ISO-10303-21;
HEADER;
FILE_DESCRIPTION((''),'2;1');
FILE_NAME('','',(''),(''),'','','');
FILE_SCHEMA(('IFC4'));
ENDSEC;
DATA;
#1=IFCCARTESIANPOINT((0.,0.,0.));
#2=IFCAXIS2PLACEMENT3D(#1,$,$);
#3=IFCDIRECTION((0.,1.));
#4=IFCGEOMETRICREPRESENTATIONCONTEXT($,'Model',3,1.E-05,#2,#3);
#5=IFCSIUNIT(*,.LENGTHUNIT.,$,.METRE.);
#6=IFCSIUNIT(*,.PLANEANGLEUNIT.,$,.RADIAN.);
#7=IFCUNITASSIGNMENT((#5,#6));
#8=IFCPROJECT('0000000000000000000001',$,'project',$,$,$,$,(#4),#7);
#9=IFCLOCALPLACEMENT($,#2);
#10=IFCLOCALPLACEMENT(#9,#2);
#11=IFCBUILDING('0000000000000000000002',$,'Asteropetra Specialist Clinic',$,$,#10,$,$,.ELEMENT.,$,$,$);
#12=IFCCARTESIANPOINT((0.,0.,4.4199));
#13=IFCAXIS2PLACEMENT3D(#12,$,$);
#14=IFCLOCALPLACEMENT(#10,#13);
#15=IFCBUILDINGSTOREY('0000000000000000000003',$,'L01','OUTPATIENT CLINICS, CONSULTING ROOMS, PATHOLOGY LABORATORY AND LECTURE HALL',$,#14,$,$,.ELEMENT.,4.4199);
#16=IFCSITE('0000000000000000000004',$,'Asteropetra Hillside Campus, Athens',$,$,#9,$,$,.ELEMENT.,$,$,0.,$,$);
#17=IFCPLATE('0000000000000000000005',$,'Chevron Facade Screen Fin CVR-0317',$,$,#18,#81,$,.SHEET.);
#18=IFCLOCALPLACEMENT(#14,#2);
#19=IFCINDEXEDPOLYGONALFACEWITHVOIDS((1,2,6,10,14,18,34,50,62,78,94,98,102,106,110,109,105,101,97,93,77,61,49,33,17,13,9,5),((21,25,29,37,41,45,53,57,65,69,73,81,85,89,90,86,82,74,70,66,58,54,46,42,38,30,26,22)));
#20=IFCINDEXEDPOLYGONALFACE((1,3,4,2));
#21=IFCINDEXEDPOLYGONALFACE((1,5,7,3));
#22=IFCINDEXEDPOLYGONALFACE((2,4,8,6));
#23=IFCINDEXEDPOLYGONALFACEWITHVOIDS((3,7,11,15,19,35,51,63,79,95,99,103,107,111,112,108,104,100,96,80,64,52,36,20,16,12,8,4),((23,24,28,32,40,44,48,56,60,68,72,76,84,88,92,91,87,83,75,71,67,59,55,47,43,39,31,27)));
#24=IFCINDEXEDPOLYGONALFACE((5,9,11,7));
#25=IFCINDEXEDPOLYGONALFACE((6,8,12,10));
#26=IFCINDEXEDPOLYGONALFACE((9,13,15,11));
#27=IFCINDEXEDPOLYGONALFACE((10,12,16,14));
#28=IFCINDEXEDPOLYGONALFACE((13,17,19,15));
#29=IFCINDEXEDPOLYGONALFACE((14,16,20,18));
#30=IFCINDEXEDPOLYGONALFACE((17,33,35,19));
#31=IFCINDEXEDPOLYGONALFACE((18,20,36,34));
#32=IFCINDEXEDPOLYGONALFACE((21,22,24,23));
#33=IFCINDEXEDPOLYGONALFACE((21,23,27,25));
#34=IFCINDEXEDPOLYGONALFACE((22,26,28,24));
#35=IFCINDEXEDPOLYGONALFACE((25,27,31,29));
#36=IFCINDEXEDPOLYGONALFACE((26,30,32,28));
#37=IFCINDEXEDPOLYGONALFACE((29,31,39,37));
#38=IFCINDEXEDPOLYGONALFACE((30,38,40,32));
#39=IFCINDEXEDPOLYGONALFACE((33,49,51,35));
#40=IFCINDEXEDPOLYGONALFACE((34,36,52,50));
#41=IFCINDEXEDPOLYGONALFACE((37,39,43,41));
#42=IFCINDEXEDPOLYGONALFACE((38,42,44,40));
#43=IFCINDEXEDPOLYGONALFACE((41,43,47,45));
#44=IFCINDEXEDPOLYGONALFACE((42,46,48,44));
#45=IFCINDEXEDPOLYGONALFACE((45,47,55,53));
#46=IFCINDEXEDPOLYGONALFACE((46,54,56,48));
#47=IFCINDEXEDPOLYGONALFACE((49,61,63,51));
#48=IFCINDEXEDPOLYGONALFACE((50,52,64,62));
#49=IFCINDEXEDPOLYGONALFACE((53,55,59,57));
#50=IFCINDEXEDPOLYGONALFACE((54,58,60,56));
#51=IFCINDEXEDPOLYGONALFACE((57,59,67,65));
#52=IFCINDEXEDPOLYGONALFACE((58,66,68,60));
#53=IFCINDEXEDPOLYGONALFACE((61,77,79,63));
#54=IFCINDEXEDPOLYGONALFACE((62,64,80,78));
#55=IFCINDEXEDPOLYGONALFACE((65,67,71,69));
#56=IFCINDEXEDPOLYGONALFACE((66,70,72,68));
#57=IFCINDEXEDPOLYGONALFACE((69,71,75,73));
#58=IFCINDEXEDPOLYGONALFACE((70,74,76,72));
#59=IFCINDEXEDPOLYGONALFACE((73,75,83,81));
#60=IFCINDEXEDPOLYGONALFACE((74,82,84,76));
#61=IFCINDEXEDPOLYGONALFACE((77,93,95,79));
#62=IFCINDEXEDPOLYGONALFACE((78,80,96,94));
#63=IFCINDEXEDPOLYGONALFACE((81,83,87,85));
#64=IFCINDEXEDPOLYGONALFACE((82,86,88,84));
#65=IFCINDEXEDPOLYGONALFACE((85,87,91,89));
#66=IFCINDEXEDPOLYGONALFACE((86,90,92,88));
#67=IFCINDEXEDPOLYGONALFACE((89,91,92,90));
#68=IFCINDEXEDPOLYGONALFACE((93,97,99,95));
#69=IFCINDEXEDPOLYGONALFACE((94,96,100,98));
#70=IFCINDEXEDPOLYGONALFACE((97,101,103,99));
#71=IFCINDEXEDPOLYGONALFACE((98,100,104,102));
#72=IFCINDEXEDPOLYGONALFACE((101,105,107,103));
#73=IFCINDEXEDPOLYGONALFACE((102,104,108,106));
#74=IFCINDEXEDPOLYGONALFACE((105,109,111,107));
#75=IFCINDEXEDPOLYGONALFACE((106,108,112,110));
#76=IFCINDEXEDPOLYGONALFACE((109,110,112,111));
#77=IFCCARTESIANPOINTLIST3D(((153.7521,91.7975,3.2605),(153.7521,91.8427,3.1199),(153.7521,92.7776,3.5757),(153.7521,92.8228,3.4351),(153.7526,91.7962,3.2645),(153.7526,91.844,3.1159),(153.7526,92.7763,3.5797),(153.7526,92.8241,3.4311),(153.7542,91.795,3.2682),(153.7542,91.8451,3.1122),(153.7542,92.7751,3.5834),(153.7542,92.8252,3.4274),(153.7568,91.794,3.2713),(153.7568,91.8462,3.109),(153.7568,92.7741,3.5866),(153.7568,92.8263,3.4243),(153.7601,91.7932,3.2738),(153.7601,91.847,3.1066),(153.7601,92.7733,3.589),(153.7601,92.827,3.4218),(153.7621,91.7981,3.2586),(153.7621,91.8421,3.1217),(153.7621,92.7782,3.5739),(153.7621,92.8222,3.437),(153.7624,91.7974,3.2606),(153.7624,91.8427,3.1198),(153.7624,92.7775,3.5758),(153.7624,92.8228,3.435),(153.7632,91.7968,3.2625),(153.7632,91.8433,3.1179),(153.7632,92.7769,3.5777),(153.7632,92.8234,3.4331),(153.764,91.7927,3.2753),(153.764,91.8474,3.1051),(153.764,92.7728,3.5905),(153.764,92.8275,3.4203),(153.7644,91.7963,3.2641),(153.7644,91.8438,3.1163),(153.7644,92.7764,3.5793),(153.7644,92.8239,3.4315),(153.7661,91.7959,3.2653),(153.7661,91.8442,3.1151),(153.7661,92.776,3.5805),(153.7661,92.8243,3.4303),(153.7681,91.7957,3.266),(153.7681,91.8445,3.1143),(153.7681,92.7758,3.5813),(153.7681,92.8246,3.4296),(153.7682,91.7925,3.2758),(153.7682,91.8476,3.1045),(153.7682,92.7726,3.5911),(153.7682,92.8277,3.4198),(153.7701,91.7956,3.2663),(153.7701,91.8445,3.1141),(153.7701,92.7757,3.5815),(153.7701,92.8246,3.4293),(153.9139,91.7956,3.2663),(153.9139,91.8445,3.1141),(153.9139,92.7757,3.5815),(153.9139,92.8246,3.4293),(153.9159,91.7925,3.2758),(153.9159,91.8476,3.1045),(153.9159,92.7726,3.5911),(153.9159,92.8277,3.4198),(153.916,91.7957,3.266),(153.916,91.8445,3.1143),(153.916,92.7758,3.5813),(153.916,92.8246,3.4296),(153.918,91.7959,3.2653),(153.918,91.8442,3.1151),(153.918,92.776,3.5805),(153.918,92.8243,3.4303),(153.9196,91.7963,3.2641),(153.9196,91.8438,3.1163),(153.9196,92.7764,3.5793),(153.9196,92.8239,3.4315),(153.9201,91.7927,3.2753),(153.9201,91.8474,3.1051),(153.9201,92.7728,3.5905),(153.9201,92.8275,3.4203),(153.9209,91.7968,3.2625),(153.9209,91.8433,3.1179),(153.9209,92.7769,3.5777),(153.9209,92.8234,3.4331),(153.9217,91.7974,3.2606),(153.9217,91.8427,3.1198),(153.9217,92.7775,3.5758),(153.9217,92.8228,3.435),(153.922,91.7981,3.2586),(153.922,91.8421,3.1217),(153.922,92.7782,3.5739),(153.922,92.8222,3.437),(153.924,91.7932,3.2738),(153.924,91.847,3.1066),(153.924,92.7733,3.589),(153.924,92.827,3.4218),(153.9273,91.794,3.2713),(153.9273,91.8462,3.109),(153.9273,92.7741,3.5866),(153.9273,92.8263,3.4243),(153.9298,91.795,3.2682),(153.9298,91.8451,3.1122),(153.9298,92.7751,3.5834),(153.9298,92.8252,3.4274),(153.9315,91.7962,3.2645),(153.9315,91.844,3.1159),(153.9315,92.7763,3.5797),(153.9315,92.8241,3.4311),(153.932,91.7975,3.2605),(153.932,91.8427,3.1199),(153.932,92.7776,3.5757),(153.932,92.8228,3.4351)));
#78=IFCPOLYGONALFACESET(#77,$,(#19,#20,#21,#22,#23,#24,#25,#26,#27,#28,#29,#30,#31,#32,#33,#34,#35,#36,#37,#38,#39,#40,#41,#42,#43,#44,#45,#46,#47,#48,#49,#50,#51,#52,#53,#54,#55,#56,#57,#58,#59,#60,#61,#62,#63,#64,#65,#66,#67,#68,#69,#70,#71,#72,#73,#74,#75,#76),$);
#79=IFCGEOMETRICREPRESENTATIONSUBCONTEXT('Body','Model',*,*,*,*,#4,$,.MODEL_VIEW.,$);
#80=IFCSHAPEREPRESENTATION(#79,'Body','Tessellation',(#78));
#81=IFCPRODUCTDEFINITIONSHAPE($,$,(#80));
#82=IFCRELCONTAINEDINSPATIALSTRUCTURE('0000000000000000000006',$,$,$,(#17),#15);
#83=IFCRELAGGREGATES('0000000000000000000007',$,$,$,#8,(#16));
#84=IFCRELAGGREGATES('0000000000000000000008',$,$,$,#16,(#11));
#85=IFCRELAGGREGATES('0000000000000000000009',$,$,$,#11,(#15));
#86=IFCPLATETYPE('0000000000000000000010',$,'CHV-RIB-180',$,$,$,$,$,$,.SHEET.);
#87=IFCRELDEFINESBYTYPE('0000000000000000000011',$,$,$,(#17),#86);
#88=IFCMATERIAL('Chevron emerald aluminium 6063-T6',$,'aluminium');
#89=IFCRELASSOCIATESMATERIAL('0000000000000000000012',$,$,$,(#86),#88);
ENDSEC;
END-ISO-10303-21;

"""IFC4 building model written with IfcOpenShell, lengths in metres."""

from ifc_helpers import new_model, si_unit, direction, frame, origin, origin_2d, place, context, subcontext, project, spatial, hollow_rectangle, extrude, material, material_profile, profile_set, type_object, element, save


model = new_model("IFC4")

# Units and contexts
model_context = context("Model", 3, precision=1e-05, world=origin(), true_north=direction((0.0, 1.0)))
body_context = subcontext(model_context, "Body", "Model", "MODEL_VIEW")
ifc_project = project(units=[si_unit("LENGTHUNIT", "METRE"), si_unit("PLANEANGLEUNIT", "RADIAN")], contexts=[model_context])

# Site, building, storey
site_placement = place(None, origin())
site = spatial("IfcSite", under=ifc_project, at=site_placement, Name="Asteropetra Hillside Campus, Athens", CompositionType="ELEMENT", RefElevation=0.0)
building_placement = place(site_placement, origin())
building = spatial("IfcBuilding", under=site, at=building_placement, Name="Asteropetra Specialist Clinic", CompositionType="ELEMENT")
storey_placement = place(building_placement, frame((0.0, 0.0, 4.4199)))
storey = spatial("IfcBuildingStorey", under=building, at=storey_placement, Name="L01", Description="OUTPATIENT CLINICS, CONSULTING ROOMS, PATHOLOGY LABORATORY AND LECTURE HALL", CompositionType="ELEMENT", Elevation=4.4199)

# Plate
ifc_material = material(Name="Chevron emerald aluminium 6063-T6", Category="aluminium")
ifc_material_profile = material_profile(ifc_material, hollow_rectangle(XDim=0.1799, YDim=0.1799, WallThickness=0.01, InnerFilletRadius=0.0081, OuterFilletRadius=0.0161, at=origin_2d()), Name="SHS 180x180x10.0")
ifc_profile_set = profile_set([ifc_material_profile], Name="Chevron emerald aluminium 6063-T6")
plate_type = type_object("IfcPlateType", Name="CHV-RIB-180", PredefinedType="SHEET", material=ifc_profile_set)
for number, where, z_axis, x_axis, name in (
    (1, (153.842, 91.8201, 3.1902), (0.0, 0.951974, 0.306178), (-1.0, 0.0, 0.0), "Chevron Facade Screen Fin CVR-0317"),
):
    element("IfcPlate", number, at=place(storey_placement, frame(where, z_axis=z_axis, x_axis=x_axis)), inside=storey, type_object=plate_type, Name=name, PredefinedType="SHEET", context=body_context, shape_type="SweptSolid", body=[
        extrude(hollow_rectangle(XDim=0.1799, YDim=0.1799, WallThickness=0.01, InnerFilletRadius=0.0081, OuterFilletRadius=0.0161, at=origin_2d()), origin(), (0.0, 0.0, 1.0), 1.0295),
    ])

save(model, "model.ifc")
